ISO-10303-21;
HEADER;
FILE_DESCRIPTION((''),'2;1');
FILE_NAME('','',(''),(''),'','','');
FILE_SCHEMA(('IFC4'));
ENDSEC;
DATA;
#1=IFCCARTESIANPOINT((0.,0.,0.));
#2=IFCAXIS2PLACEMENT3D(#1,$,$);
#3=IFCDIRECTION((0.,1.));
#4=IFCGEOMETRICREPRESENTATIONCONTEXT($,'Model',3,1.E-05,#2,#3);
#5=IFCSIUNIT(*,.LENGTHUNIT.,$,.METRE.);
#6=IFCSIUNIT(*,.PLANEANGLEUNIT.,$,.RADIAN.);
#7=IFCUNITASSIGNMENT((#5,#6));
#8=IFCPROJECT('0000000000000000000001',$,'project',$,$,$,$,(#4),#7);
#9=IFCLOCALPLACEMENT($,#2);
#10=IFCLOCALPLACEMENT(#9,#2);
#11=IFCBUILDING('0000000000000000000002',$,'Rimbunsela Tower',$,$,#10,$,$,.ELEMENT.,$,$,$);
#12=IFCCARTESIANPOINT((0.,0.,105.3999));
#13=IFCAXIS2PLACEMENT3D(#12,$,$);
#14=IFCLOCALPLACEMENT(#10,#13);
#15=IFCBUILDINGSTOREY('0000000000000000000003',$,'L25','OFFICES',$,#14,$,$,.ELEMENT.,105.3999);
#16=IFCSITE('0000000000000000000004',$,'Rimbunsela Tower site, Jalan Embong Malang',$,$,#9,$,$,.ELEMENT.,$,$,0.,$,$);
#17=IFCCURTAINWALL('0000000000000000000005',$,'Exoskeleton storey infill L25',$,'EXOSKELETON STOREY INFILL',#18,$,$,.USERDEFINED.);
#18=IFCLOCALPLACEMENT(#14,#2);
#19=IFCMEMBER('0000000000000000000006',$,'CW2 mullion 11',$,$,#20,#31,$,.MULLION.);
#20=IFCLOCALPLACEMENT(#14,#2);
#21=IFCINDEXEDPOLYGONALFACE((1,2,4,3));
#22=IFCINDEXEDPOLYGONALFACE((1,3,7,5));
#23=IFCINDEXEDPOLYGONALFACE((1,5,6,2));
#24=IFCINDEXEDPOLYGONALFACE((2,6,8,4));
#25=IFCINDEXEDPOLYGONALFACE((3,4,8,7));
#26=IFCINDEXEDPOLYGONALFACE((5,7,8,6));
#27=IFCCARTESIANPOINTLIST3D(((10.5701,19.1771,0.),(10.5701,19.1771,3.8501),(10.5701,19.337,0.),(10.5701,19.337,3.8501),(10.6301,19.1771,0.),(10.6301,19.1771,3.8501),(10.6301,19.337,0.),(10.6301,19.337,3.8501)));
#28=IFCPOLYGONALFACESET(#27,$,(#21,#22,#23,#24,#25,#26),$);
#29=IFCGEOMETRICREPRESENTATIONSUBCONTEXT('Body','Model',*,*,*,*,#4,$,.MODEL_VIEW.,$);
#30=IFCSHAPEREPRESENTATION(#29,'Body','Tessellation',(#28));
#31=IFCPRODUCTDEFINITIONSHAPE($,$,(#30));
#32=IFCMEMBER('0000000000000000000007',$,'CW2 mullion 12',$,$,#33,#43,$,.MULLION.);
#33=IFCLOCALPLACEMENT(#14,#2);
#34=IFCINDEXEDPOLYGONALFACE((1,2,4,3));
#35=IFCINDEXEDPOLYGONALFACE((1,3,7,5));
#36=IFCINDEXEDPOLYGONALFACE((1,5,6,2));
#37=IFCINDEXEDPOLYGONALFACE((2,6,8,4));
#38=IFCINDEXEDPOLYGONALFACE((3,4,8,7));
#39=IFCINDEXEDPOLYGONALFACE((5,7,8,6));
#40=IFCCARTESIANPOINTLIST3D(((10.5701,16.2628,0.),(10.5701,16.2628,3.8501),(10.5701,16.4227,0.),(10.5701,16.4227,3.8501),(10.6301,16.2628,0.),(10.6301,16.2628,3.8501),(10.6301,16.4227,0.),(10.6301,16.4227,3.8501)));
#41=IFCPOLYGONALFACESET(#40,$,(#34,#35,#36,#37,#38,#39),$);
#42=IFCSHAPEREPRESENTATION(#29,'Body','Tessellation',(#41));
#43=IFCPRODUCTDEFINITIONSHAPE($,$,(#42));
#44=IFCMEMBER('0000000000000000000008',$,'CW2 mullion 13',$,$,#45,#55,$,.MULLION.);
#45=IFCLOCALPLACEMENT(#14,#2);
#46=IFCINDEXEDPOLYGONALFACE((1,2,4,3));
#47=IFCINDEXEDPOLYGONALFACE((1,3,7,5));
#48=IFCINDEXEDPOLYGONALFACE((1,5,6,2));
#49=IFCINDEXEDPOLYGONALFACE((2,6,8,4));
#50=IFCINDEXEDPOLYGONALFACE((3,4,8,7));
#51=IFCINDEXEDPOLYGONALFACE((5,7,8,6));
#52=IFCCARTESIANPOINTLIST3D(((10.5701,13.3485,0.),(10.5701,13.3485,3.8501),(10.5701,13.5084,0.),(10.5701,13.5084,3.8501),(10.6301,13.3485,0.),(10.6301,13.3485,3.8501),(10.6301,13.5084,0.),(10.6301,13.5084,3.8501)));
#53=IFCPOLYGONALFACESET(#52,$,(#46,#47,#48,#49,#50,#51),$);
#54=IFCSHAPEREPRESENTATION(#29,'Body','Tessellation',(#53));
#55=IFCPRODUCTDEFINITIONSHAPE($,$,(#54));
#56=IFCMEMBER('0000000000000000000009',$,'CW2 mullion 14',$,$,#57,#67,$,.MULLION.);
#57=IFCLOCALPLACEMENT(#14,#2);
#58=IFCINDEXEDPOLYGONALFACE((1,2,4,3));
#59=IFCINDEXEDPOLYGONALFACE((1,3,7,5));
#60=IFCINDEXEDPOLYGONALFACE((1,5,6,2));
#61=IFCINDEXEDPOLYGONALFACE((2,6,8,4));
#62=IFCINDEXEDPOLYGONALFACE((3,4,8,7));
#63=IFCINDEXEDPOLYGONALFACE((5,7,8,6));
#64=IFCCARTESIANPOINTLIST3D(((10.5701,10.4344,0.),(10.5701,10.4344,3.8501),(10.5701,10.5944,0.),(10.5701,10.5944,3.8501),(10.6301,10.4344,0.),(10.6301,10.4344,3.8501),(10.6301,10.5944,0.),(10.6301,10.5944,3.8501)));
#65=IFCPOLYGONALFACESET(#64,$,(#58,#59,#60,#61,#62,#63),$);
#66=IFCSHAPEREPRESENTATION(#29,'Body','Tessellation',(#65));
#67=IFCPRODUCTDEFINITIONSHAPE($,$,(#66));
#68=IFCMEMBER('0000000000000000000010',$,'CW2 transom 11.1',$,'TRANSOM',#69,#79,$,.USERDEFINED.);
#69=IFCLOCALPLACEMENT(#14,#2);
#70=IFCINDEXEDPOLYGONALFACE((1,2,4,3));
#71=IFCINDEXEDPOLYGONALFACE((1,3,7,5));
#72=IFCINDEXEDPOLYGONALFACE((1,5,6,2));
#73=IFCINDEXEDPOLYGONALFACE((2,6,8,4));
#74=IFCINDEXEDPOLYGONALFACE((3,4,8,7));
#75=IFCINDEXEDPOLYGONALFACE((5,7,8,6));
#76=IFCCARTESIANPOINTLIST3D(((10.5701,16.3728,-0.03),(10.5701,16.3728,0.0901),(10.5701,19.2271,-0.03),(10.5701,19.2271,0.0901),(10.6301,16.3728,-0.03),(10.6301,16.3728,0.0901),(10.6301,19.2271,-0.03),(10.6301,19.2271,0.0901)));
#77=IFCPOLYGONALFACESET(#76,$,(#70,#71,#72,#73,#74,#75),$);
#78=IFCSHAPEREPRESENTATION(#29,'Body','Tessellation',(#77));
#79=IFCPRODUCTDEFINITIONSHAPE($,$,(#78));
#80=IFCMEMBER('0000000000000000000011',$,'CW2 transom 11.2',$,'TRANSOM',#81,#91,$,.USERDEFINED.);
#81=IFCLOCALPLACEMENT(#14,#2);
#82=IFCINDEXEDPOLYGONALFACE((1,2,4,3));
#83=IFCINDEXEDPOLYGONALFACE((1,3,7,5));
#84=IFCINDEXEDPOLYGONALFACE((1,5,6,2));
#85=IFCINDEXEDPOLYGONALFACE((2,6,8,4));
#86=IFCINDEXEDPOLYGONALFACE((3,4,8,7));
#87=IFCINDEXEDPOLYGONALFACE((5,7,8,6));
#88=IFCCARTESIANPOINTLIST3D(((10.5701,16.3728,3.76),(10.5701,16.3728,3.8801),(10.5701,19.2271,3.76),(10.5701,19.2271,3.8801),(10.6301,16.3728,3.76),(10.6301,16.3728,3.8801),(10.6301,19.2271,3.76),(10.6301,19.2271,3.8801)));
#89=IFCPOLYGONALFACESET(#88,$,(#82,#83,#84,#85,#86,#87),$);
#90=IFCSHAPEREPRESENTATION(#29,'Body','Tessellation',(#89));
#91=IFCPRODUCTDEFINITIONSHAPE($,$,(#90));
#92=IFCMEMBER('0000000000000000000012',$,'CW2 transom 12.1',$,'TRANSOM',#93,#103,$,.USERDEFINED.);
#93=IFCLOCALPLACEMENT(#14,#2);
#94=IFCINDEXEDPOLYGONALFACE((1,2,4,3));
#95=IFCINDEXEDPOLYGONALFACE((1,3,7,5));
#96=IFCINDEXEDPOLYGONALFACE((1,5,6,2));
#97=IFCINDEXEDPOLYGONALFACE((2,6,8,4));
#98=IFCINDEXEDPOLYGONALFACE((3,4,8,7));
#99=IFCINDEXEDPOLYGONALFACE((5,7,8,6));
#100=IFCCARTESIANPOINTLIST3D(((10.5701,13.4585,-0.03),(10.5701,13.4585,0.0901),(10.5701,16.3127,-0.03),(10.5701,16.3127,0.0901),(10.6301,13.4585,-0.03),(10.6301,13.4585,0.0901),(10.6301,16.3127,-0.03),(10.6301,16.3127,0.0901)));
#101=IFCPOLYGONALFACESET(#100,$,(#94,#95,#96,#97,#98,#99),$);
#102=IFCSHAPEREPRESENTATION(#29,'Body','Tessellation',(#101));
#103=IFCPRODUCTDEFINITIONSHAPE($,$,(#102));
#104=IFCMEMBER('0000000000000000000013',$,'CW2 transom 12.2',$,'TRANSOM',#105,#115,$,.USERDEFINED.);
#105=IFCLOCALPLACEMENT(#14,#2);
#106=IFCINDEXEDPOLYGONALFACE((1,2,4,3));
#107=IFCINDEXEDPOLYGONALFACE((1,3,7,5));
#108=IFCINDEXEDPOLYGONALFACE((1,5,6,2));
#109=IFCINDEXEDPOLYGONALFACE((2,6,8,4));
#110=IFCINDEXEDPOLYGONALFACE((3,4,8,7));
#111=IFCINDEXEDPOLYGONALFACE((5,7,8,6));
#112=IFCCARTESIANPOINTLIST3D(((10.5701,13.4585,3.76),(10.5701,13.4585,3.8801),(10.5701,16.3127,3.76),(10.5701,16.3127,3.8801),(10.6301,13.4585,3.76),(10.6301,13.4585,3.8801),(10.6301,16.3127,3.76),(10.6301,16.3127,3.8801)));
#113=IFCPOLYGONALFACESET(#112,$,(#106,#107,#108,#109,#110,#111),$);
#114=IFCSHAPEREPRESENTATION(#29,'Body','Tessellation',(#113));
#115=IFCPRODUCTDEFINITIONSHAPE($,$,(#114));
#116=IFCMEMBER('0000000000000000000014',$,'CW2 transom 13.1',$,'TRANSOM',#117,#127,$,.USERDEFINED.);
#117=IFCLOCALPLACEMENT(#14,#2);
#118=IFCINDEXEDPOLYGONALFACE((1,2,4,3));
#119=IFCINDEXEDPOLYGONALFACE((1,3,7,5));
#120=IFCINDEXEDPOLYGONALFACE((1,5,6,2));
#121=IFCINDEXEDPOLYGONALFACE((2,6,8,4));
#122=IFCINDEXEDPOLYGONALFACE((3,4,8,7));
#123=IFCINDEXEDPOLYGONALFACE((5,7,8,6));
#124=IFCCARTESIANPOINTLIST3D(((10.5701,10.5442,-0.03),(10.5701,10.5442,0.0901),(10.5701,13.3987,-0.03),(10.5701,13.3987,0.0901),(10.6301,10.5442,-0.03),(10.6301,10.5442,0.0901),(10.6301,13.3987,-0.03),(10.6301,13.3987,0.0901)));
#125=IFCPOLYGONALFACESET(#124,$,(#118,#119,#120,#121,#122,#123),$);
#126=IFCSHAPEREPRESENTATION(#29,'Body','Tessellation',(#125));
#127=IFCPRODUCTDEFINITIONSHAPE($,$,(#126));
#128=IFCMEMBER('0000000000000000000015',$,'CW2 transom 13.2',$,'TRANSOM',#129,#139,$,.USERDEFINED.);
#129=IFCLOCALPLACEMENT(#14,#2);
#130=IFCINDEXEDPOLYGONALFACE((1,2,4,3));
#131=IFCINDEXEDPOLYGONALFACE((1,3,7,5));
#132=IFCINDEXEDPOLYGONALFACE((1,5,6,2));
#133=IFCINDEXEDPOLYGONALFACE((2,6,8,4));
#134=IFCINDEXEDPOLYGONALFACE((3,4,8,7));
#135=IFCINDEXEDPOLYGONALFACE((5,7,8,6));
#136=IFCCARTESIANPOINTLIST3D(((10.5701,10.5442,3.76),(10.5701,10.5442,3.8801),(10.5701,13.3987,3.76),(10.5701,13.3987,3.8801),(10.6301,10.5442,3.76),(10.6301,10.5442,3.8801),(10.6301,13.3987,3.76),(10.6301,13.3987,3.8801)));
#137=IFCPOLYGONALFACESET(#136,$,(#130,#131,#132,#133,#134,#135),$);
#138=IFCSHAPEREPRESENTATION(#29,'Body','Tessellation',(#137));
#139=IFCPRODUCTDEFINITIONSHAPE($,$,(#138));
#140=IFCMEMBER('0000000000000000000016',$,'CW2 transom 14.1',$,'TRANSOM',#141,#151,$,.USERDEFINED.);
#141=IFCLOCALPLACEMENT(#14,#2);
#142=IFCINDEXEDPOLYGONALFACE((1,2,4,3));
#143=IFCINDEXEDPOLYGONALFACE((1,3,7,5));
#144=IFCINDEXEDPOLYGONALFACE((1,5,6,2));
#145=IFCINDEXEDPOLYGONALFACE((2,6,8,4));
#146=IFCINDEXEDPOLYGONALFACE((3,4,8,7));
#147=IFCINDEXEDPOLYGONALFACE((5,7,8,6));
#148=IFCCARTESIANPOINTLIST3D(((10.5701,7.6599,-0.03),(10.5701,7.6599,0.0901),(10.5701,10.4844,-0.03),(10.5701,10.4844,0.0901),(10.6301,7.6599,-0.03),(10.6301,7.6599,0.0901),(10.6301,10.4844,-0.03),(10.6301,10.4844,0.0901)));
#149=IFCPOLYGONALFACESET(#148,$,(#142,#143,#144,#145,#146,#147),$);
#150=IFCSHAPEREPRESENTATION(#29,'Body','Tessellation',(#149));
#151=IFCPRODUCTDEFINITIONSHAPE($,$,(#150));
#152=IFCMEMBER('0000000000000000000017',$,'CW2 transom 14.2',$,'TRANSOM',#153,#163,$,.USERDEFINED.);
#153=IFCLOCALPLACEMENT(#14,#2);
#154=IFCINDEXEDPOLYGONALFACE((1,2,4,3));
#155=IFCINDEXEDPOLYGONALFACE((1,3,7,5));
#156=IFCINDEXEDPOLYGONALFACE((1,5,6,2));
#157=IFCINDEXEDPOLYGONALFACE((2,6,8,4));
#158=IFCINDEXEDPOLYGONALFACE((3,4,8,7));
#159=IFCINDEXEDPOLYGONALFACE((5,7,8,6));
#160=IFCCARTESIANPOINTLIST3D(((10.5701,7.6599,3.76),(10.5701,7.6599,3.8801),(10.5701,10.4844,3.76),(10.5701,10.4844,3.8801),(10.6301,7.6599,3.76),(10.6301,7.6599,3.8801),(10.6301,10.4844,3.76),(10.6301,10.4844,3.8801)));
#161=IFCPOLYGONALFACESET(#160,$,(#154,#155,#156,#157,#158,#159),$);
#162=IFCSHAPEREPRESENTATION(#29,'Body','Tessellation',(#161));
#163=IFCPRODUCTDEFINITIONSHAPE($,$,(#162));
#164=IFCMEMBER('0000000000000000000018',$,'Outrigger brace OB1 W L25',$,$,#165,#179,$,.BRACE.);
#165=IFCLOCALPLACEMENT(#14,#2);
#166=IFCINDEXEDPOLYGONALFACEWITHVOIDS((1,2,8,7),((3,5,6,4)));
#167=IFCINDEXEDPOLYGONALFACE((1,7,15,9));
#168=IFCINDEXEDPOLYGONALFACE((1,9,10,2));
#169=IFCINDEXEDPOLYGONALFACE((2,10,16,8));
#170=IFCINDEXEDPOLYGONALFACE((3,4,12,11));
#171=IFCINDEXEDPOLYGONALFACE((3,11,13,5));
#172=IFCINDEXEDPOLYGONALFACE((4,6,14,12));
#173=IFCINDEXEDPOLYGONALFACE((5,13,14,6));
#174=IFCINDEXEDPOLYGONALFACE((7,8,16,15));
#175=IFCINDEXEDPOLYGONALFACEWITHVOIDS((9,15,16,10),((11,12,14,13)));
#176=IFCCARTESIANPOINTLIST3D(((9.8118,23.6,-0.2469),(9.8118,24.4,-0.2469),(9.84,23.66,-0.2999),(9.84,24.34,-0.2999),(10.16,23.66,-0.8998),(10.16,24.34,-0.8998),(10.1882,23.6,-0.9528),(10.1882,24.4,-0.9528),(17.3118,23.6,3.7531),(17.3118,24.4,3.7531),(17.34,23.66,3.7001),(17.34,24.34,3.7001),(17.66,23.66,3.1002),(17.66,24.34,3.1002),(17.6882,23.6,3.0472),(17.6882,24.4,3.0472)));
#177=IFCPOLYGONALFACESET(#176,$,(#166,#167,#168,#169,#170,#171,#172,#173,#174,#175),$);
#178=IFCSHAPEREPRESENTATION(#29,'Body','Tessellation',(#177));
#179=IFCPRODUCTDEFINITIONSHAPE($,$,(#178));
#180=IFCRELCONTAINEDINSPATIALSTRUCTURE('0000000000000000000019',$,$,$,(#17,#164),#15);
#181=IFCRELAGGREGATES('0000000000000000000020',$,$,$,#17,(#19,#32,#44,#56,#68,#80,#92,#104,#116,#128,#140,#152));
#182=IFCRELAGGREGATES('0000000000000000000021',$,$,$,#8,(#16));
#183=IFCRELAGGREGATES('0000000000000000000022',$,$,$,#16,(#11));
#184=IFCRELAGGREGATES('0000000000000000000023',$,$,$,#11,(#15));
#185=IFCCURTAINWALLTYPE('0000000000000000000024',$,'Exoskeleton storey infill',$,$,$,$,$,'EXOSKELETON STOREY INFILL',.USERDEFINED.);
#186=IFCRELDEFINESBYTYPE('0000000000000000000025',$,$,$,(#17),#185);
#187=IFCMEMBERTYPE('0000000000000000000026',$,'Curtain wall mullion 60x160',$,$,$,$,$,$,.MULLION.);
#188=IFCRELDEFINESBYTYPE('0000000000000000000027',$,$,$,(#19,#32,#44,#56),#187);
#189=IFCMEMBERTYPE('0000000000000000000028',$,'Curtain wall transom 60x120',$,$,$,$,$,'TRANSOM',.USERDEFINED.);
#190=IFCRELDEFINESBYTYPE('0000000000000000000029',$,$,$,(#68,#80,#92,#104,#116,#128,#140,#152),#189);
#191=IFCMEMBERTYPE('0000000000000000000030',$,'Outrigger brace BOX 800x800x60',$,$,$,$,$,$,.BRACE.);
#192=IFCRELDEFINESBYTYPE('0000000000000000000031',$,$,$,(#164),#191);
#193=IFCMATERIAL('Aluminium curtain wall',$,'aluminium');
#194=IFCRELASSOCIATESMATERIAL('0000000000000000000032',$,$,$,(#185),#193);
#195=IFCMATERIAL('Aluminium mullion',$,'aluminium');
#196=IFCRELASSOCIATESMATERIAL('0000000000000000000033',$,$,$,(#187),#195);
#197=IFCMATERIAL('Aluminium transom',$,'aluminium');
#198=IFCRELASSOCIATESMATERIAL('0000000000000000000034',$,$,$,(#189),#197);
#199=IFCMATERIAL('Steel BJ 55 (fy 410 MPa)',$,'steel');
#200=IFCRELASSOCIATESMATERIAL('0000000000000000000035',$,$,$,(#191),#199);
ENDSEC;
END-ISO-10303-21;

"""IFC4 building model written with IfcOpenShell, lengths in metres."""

from ifc_helpers import new_model, si_unit, direction, frame, origin, origin_2d, place, context, subcontext, project, spatial, rectangle, hollow_rectangle, extrude, material, material_profile, profile_set, type_object, element, aggregate, save


model = new_model("IFC4")

# Units and contexts
model_context = context("Model", 3, precision=1e-05, world=origin(), true_north=direction((0.0, 1.0)))
body_context = subcontext(model_context, "Body", "Model", "MODEL_VIEW")
ifc_project = project(units=[si_unit("LENGTHUNIT", "METRE"), si_unit("PLANEANGLEUNIT", "RADIAN")], contexts=[model_context])

# Site, building, storey
site_placement = place(None, origin())
site = spatial("IfcSite", under=ifc_project, at=site_placement, Name="Rimbunsela Tower site, Jalan Embong Malang", CompositionType="ELEMENT", RefElevation=0.0)
building_placement = place(site_placement, origin())
building = spatial("IfcBuilding", under=site, at=building_placement, Name="Rimbunsela Tower", CompositionType="ELEMENT")
storey_placement = place(building_placement, frame((0.0, 0.0, 105.3999)))
storey = spatial("IfcBuildingStorey", under=building, at=storey_placement, Name="L25", Description="OFFICES", CompositionType="ELEMENT", Elevation=105.3999)

# Curtain wall, members
ifc_material_1 = material(Name="Aluminium curtain wall", Category="aluminium")
curtain_wall_type = type_object("IfcCurtainWallType", Name="Exoskeleton storey infill", ElementType="EXOSKELETON STOREY INFILL", PredefinedType="USERDEFINED", material=ifc_material_1)
curtain_wall_placement = place(storey_placement, origin())
curtain_wall = element("IfcCurtainWall", 1, at=curtain_wall_placement, inside=storey, type_object=curtain_wall_type, Name="Exoskeleton storey infill L25", ObjectType="EXOSKELETON STOREY INFILL", PredefinedType="USERDEFINED")
ifc_material_2 = material(Name="Aluminium mullion", Category="aluminium")
ifc_material_profile_1 = material_profile(ifc_material_2, rectangle(XDim=0.0601, YDim=0.1599, at=origin_2d()), Name="Mullion 60x160")
ifc_profile_set_1 = profile_set([ifc_material_profile_1], Name="Aluminium mullion")
member_type_1 = type_object("IfcMemberType", Name="Curtain wall mullion 60x160", PredefinedType="MULLION", material=ifc_profile_set_1)
member_1_placement = place(storey_placement, frame((10.6001, 19.2571, 0.0), z_axis=(0.0, 0.0, 1.0), x_axis=(1.0, 0.0, 0.0)))
member_1 = element("IfcMember", 2, at=member_1_placement, type_object=member_type_1, Name="CW2 mullion 11", PredefinedType="MULLION", context=body_context, shape_type="SweptSolid", body=[
    extrude(rectangle(XDim=0.0601, YDim=0.1599, at=origin_2d()), origin(), (0.0, 0.0, 1.0), 3.8501),
])
member_2_placement = place(storey_placement, frame((10.6001, 16.3428, 0.0), z_axis=(0.0, 0.0, 1.0), x_axis=(1.0, 0.0, 0.0)))
member_2 = element("IfcMember", 3, at=member_2_placement, type_object=member_type_1, Name="CW2 mullion 12", PredefinedType="MULLION", context=body_context, shape_type="SweptSolid", body=[
    extrude(rectangle(XDim=0.0601, YDim=0.1599, at=origin_2d()), origin(), (0.0, 0.0, 1.0), 3.8501),
])
member_3_placement = place(storey_placement, frame((10.6001, 13.4285, 0.0), z_axis=(0.0, 0.0, 1.0), x_axis=(1.0, 0.0, 0.0)))
member_3 = element("IfcMember", 4, at=member_3_placement, type_object=member_type_1, Name="CW2 mullion 13", PredefinedType="MULLION", context=body_context, shape_type="SweptSolid", body=[
    extrude(rectangle(XDim=0.0601, YDim=0.1599, at=origin_2d()), origin(), (0.0, 0.0, 1.0), 3.8501),
])
member_4_placement = place(storey_placement, frame((10.6001, 10.5144, 0.0), z_axis=(0.0, 0.0, 1.0), x_axis=(1.0, 0.0, 0.0)))
member_4 = element("IfcMember", 5, at=member_4_placement, type_object=member_type_1, Name="CW2 mullion 14", PredefinedType="MULLION", context=body_context, shape_type="SweptSolid", body=[
    extrude(rectangle(XDim=0.0601, YDim=0.1599, at=origin_2d()), origin(), (0.0, 0.0, 1.0), 3.8501),
])
ifc_material_3 = material(Name="Aluminium transom", Category="aluminium")
ifc_material_profile_2 = material_profile(ifc_material_3, rectangle(XDim=0.0601, YDim=0.1201, at=origin_2d()), Name="Transom 60x120")
ifc_profile_set_2 = profile_set([ifc_material_profile_2], Name="Aluminium transom")
member_type_2 = type_object("IfcMemberType", Name="Curtain wall transom 60x120", ElementType="TRANSOM", PredefinedType="USERDEFINED", material=ifc_profile_set_2)
member_5_placement = place(storey_placement, frame((10.6001, 19.2271, 0.03), z_axis=(0.0, -1.0, 0.0), x_axis=(1.0, 0.0, 0.0)))
member_5 = element("IfcMember", 6, at=member_5_placement, type_object=member_type_2, Name="CW2 transom 11.1", ObjectType="TRANSOM", PredefinedType="USERDEFINED", context=body_context, shape_type="SweptSolid", body=[
    extrude(rectangle(XDim=0.0601, YDim=0.1201, at=origin_2d()), origin(), (0.0, 0.0, 1.0), 2.8542),
])
member_6_placement = place(storey_placement, frame((10.6001, 19.2271, 3.8201), z_axis=(0.0, -1.0, 0.0), x_axis=(1.0, 0.0, 0.0)))
member_6 = element("IfcMember", 7, at=member_6_placement, type_object=member_type_2, Name="CW2 transom 11.2", ObjectType="TRANSOM", PredefinedType="USERDEFINED", context=body_context, shape_type="SweptSolid", body=[
    extrude(rectangle(XDim=0.0601, YDim=0.1201, at=origin_2d()), origin(), (0.0, 0.0, 1.0), 2.8542),
])
member_7_placement = place(storey_placement, frame((10.6001, 16.3127, 0.03), z_axis=(0.0, -1.0, 0.0), x_axis=(1.0, 0.0, 0.0)))
member_7 = element("IfcMember", 8, at=member_7_placement, type_object=member_type_2, Name="CW2 transom 12.1", ObjectType="TRANSOM", PredefinedType="USERDEFINED", context=body_context, shape_type="SweptSolid", body=[
    extrude(rectangle(XDim=0.0601, YDim=0.1201, at=origin_2d()), origin(), (0.0, 0.0, 1.0), 2.8542),
])
member_8_placement = place(storey_placement, frame((10.6001, 16.3127, 3.8201), z_axis=(0.0, -1.0, 0.0), x_axis=(1.0, 0.0, 0.0)))
member_8 = element("IfcMember", 9, at=member_8_placement, type_object=member_type_2, Name="CW2 transom 12.2", ObjectType="TRANSOM", PredefinedType="USERDEFINED", context=body_context, shape_type="SweptSolid", body=[
    extrude(rectangle(XDim=0.0601, YDim=0.1201, at=origin_2d()), origin(), (0.0, 0.0, 1.0), 2.8542),
])
member_9_placement = place(storey_placement, frame((10.6001, 13.3987, 0.03), z_axis=(0.0, -1.0, 0.0), x_axis=(1.0, 0.0, 0.0)))
member_9 = element("IfcMember", 10, at=member_9_placement, type_object=member_type_2, Name="CW2 transom 13.1", ObjectType="TRANSOM", PredefinedType="USERDEFINED", context=body_context, shape_type="SweptSolid", body=[
    extrude(rectangle(XDim=0.0601, YDim=0.1201, at=origin_2d()), origin(), (0.0, 0.0, 1.0), 2.8545),
])
member_10_placement = place(storey_placement, frame((10.6001, 13.3987, 3.8201), z_axis=(0.0, -1.0, 0.0), x_axis=(1.0, 0.0, 0.0)))
member_10 = element("IfcMember", 11, at=member_10_placement, type_object=member_type_2, Name="CW2 transom 13.2", ObjectType="TRANSOM", PredefinedType="USERDEFINED", context=body_context, shape_type="SweptSolid", body=[
    extrude(rectangle(XDim=0.0601, YDim=0.1201, at=origin_2d()), origin(), (0.0, 0.0, 1.0), 2.8545),
])
member_11_placement = place(storey_placement, frame((10.6001, 10.4844, 0.03), z_axis=(0.0, -1.0, 0.0), x_axis=(1.0, 0.0, 0.0)))
member_11 = element("IfcMember", 12, at=member_11_placement, type_object=member_type_2, Name="CW2 transom 14.1", ObjectType="TRANSOM", PredefinedType="USERDEFINED", context=body_context, shape_type="SweptSolid", body=[
    extrude(rectangle(XDim=0.0601, YDim=0.1201, at=origin_2d()), origin(), (0.0, 0.0, 1.0), 2.8245),
])
member_12_placement = place(storey_placement, frame((10.6001, 10.4844, 3.8201), z_axis=(0.0, -1.0, 0.0), x_axis=(1.0, 0.0, 0.0)))
member_12 = element("IfcMember", 13, at=member_12_placement, type_object=member_type_2, Name="CW2 transom 14.2", ObjectType="TRANSOM", PredefinedType="USERDEFINED", context=body_context, shape_type="SweptSolid", body=[
    extrude(rectangle(XDim=0.0601, YDim=0.1201, at=origin_2d()), origin(), (0.0, 0.0, 1.0), 2.8245),
])

# Member
ifc_material_4 = material(Name="Steel BJ 55 (fy 410 MPa)", Category="steel")
ifc_material_profile_3 = material_profile(ifc_material_4, hollow_rectangle(XDim=0.8, YDim=0.8, WallThickness=0.0601, at=origin_2d()), Name="BOX 800x800x60")
ifc_profile_set_3 = profile_set([ifc_material_profile_3], Name="Steel BJ 55 (fy 410 MPa)")
member_type_3 = type_object("IfcMemberType", Name="Outrigger brace BOX 800x800x60", PredefinedType="BRACE", material=ifc_profile_set_3)
member_13_placement = place(storey_placement, frame((10.0, 24.0, -0.5999), z_axis=(0.882353, 0.0, 0.470588), x_axis=(0.0, 1.0, 0.0)))
element("IfcMember", 14, at=member_13_placement, inside=storey, type_object=member_type_3, Name="Outrigger brace OB1 W L25", PredefinedType="BRACE", context=body_context, shape_type="SweptSolid", body=[
    extrude(hollow_rectangle(XDim=0.8, YDim=0.8, WallThickness=0.0601, at=origin_2d()), origin(), (0.0, 0.0, 1.0), 8.5),
])

aggregate(curtain_wall, [member_1, member_2, member_3, member_4, member_5, member_6, member_7, member_8, member_9, member_10, member_11, member_12])

save(model, "model.ifc")
